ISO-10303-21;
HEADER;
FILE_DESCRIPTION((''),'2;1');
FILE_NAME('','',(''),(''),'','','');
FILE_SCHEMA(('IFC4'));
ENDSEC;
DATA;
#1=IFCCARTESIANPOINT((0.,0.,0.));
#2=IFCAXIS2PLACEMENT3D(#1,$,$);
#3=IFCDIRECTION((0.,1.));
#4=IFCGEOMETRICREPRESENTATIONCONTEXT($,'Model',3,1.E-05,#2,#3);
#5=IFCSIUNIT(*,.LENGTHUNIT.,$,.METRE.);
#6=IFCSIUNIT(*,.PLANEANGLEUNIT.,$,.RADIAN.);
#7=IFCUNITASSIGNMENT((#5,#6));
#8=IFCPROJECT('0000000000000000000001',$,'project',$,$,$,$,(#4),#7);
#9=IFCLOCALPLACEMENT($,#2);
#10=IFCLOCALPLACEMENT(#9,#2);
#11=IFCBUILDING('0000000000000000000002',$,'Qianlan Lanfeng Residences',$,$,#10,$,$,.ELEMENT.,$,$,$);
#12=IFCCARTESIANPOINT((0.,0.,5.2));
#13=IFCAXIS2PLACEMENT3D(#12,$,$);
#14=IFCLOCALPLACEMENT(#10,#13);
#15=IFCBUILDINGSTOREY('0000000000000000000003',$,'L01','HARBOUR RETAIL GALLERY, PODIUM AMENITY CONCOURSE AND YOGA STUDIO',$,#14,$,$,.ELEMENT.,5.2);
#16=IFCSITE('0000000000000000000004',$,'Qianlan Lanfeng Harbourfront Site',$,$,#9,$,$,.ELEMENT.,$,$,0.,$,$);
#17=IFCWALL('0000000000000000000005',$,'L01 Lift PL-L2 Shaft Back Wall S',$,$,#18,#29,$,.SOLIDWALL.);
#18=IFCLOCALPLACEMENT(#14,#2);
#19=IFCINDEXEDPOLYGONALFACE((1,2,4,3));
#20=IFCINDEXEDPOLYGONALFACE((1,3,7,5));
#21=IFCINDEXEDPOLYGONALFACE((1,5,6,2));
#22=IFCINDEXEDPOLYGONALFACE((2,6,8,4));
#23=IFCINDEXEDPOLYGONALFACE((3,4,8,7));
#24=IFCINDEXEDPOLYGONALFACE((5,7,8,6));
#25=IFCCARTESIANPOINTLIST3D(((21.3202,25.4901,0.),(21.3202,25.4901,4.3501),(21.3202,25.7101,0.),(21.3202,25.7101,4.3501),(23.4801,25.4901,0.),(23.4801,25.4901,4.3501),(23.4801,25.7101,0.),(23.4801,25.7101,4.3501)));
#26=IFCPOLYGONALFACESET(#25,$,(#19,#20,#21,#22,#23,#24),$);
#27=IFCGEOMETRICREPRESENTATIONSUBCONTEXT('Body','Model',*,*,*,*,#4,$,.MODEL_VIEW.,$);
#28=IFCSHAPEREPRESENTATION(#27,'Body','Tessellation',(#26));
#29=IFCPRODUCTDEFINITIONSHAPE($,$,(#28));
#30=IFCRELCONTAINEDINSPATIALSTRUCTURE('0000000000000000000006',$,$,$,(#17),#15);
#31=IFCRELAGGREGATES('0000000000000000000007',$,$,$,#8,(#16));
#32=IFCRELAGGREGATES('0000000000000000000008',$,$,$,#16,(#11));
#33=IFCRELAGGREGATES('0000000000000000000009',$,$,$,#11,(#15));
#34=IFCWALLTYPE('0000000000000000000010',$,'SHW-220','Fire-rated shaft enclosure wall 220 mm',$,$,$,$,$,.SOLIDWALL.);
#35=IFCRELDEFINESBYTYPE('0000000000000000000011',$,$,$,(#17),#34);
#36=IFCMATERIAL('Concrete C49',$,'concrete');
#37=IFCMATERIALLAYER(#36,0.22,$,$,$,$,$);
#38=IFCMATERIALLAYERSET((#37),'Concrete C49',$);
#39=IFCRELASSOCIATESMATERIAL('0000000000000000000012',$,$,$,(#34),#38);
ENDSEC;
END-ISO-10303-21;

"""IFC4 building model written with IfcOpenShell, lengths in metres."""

from ifc_helpers import new_model, si_unit, direction, frame, frame_2d, origin, place, context, subcontext, project, spatial, rectangle, extrude, material, layer, layer_set, type_object, element, save


model = new_model("IFC4")

# Units and contexts
model_context = context("Model", 3, precision=1e-05, world=origin(), true_north=direction((0.0, 1.0)))
body_context = subcontext(model_context, "Body", "Model", "MODEL_VIEW")
ifc_project = project(units=[si_unit("LENGTHUNIT", "METRE"), si_unit("PLANEANGLEUNIT", "RADIAN")], contexts=[model_context])

# Site, building, storey
site_placement = place(None, origin())
site = spatial("IfcSite", under=ifc_project, at=site_placement, Name="Qianlan Lanfeng Harbourfront Site", CompositionType="ELEMENT", RefElevation=0.0)
building_placement = place(site_placement, origin())
building = spatial("IfcBuilding", under=site, at=building_placement, Name="Qianlan Lanfeng Residences", CompositionType="ELEMENT")
storey_placement = place(building_placement, frame((0.0, 0.0, 5.2)))
storey = spatial("IfcBuildingStorey", under=building, at=storey_placement, Name="L01", Description="HARBOUR RETAIL GALLERY, PODIUM AMENITY CONCOURSE AND YOGA STUDIO", CompositionType="ELEMENT", Elevation=5.2)

# Wall
ifc_material_1 = material(Name="Concrete C49", Category="concrete")
ifc_layer_1 = layer(ifc_material_1, 0.22)
ifc_layer_set_1 = layer_set([ifc_layer_1], Name="Concrete C49")
wall_type_1 = type_object("IfcWallType", Name="SHW-220", Description="Fire-rated shaft enclosure wall 220 mm", PredefinedType="SOLIDWALL", material=ifc_layer_set_1)
for number, where, z_axis, x_axis, name in (
    (1, (21.3201, 25.6001, 0.0), (0.0, 0.0, 1.0), (1.0, 0.0, 0.0), "L01 Lift PL-L2 Shaft Back Wall S"),
):
    element("IfcWall", number, at=place(storey_placement, frame(where, z_axis=z_axis, x_axis=x_axis)), inside=storey, type_object=wall_type_1, Name=name, PredefinedType="SOLIDWALL", context=body_context, shape_type="SweptSolid", body=[
        extrude(rectangle(XDim=2.1599, YDim=0.22, at=frame_2d((1.0801, 0.0))), origin(), (0.0, 0.0, 1.0), 4.3501),
    ])

save(model, "model.ifc")
